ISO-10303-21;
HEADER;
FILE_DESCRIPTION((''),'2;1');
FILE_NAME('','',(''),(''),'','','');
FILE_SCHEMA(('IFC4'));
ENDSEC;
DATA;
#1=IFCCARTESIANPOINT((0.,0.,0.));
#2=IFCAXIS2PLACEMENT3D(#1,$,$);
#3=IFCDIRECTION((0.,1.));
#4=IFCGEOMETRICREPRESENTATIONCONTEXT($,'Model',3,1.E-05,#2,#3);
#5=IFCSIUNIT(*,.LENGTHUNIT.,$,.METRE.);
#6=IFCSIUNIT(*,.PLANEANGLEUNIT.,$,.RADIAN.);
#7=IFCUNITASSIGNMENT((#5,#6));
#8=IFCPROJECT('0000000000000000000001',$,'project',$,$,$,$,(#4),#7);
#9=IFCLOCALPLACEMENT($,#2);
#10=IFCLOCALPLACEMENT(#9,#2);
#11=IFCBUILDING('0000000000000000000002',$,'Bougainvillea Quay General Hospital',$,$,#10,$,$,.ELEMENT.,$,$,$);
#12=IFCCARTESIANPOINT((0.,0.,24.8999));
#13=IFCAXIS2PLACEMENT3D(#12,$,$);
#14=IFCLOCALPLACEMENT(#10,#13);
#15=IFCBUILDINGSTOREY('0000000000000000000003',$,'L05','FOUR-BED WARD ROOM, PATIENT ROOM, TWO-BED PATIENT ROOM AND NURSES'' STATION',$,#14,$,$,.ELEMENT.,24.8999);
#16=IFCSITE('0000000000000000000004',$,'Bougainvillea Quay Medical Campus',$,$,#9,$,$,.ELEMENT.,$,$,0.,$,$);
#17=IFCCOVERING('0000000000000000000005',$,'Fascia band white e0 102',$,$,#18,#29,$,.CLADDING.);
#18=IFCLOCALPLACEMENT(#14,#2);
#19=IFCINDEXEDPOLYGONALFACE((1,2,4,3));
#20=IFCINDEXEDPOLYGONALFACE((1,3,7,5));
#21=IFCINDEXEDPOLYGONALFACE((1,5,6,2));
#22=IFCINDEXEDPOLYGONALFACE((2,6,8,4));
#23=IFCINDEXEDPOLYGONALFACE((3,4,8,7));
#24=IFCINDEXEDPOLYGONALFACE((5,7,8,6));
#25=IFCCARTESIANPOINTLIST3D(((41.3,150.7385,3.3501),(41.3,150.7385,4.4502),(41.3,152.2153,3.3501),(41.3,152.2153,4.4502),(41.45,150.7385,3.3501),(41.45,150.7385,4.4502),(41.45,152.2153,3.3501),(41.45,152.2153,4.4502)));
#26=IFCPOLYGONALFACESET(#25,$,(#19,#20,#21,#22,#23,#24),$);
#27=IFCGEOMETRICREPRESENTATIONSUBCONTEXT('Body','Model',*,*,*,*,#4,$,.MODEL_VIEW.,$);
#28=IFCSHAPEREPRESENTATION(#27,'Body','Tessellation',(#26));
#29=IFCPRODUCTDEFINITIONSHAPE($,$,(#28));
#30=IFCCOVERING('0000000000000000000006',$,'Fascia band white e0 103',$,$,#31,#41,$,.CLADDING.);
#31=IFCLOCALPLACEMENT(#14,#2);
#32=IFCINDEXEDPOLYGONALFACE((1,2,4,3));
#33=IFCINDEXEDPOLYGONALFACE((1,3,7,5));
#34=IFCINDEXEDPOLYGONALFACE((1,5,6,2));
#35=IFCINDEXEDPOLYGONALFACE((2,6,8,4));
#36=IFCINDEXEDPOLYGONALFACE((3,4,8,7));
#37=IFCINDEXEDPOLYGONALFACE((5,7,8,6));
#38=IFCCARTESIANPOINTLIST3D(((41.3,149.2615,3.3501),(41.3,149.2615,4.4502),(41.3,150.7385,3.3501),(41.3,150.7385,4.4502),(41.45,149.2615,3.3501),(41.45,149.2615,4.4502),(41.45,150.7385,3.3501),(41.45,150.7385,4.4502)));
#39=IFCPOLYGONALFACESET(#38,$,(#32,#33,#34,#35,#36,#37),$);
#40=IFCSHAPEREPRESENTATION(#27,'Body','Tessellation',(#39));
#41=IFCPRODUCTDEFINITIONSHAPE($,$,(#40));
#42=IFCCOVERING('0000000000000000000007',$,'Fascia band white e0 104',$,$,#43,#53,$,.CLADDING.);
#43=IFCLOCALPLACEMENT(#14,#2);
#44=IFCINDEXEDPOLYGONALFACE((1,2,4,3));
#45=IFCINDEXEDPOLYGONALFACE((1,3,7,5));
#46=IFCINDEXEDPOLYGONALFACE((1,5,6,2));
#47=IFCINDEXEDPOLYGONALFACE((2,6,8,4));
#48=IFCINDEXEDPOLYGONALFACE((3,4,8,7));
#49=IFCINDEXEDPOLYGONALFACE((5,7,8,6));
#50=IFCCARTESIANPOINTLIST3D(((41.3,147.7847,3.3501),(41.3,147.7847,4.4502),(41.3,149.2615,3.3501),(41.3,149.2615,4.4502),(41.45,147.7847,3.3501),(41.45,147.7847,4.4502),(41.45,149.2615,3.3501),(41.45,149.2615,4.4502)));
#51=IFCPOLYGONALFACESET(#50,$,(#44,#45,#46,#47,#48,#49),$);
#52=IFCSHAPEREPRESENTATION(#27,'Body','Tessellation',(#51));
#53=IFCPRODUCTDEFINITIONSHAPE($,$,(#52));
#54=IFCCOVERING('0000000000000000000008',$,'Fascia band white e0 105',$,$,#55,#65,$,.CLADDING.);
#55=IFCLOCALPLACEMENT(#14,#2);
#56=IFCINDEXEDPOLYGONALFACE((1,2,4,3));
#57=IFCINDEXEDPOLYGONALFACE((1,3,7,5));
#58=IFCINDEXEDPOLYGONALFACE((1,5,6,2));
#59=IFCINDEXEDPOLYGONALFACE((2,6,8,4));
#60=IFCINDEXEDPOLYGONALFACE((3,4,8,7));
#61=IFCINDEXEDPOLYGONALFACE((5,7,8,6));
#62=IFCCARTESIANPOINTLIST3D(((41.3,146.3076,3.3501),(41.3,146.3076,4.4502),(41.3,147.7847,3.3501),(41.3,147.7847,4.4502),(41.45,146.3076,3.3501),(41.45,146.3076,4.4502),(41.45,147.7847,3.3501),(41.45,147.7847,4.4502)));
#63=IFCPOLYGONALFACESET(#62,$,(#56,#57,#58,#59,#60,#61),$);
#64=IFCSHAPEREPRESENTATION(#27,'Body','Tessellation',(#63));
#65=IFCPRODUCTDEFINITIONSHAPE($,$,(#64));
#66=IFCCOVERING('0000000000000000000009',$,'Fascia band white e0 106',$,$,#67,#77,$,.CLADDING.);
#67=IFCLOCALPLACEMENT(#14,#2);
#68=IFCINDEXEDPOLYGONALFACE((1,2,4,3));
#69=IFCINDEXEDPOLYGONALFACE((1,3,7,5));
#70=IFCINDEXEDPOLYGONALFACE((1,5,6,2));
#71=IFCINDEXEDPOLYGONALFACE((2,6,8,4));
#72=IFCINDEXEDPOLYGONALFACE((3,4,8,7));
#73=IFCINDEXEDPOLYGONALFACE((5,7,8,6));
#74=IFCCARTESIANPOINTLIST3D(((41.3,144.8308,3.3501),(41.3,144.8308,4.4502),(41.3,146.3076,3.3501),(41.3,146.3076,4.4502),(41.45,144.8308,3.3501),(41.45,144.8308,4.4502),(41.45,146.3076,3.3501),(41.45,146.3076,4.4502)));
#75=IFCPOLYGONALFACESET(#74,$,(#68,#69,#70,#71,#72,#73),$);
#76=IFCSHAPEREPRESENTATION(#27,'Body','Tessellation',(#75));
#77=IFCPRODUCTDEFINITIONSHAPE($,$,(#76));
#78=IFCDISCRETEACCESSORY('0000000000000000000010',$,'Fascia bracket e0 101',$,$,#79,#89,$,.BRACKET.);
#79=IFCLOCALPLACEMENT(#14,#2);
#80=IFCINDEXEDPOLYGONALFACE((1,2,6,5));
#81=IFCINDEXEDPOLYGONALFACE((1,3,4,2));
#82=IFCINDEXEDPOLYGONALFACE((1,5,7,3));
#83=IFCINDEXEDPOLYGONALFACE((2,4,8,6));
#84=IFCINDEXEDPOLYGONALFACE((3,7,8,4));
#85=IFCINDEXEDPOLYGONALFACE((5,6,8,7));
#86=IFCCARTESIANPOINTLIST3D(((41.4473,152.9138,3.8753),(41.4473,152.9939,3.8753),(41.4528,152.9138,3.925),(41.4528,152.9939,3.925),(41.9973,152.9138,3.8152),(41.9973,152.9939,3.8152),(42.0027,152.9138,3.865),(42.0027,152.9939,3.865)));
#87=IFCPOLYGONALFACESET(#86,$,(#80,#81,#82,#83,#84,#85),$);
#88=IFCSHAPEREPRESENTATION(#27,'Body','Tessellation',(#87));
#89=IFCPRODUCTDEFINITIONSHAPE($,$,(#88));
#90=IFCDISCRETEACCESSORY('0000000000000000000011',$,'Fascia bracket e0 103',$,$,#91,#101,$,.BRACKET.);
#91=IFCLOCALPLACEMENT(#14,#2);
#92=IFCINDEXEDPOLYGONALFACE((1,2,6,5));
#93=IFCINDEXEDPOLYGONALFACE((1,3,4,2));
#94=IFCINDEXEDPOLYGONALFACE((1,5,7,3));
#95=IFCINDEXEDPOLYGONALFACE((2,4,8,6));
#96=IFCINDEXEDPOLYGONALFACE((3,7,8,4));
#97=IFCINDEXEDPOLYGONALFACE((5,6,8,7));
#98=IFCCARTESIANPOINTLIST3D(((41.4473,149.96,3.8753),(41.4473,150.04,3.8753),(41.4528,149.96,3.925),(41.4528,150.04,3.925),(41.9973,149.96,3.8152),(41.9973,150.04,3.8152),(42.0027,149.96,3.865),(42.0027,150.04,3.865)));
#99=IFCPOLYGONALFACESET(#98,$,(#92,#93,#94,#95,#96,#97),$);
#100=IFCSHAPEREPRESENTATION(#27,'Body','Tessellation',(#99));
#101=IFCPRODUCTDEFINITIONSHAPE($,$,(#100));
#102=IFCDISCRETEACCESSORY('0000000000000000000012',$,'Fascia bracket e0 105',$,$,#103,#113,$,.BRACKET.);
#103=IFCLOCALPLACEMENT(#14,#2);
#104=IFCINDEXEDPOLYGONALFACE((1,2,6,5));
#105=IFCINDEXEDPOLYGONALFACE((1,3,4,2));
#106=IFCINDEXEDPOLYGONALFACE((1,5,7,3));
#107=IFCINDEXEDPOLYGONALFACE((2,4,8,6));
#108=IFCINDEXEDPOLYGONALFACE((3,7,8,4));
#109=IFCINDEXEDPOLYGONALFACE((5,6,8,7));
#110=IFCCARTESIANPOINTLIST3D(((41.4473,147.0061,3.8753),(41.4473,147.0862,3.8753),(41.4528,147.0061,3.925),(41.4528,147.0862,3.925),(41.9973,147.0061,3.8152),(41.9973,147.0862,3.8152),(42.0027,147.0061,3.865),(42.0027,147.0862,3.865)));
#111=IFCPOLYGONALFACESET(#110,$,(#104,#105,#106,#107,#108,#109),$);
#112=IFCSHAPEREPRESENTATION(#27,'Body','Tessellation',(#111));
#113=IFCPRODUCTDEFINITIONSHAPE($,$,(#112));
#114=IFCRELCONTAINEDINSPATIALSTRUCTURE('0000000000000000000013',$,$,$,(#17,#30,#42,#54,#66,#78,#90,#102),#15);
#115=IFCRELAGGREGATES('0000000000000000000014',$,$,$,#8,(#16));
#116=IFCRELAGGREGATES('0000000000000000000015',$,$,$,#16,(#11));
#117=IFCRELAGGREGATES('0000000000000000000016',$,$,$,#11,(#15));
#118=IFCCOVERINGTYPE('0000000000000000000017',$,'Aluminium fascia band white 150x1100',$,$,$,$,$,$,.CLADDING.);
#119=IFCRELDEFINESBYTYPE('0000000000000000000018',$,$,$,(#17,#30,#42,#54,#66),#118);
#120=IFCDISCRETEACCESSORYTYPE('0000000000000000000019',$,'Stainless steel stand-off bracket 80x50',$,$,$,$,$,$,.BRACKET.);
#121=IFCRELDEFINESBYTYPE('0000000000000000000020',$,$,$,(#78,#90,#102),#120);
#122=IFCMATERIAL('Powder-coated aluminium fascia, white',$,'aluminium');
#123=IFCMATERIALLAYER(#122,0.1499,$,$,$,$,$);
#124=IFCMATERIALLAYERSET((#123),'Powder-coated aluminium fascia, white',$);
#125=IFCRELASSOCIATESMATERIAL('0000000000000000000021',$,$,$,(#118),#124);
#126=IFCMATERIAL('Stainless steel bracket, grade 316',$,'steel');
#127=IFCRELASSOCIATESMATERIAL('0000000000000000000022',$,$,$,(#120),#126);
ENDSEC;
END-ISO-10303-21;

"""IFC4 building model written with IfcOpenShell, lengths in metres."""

from ifc_helpers import new_model, si_unit, direction, frame, origin, origin_2d, place, context, subcontext, project, spatial, polyline, rectangle, outline, extrude, material, layer, layer_set, material_profile, profile_set, type_object, element, save


model = new_model("IFC4")

# Units and contexts
model_context = context("Model", 3, precision=1e-05, world=origin(), true_north=direction((0.0, 1.0)))
body_context = subcontext(model_context, "Body", "Model", "MODEL_VIEW")
ifc_project = project(units=[si_unit("LENGTHUNIT", "METRE"), si_unit("PLANEANGLEUNIT", "RADIAN")], contexts=[model_context])

# Site, building, storey
site_placement = place(None, origin())
site = spatial("IfcSite", under=ifc_project, at=site_placement, Name="Bougainvillea Quay Medical Campus", CompositionType="ELEMENT", RefElevation=0.0)
building_placement = place(site_placement, origin())
building = spatial("IfcBuilding", under=site, at=building_placement, Name="Bougainvillea Quay General Hospital", CompositionType="ELEMENT")
storey_placement = place(building_placement, frame((0.0, 0.0, 24.8999)))
storey = spatial("IfcBuildingStorey", under=building, at=storey_placement, Name="L05", Description="FOUR-BED WARD ROOM, PATIENT ROOM, TWO-BED PATIENT ROOM AND NURSES' STATION", CompositionType="ELEMENT", Elevation=24.8999)

# Coverings
ifc_material_1 = material(Name="Powder-coated aluminium fascia, white", Category="aluminium")
ifc_layer_1 = layer(ifc_material_1, 0.1499)
ifc_layer_set_1 = layer_set([ifc_layer_1], Name="Powder-coated aluminium fascia, white")
covering_type = type_object("IfcCoveringType", Name="Aluminium fascia band white 150x1100", PredefinedType="CLADDING", material=ifc_layer_set_1)
covering_1_placement = place(storey_placement, frame((41.45, 152.2153, 3.3501), z_axis=(0.0, 0.0, 1.0), x_axis=(0.0, -1.0, 0.0)))
element("IfcCovering", 1, at=covering_1_placement, inside=storey, type_object=covering_type, Name="Fascia band white e0 102", PredefinedType="CLADDING", context=body_context, shape_type="SweptSolid", body=[
    extrude(outline(polyline([(0.0, 0.0), (1.4768, 0.0), (1.4768, -0.1499), (0.0, -0.1499), (0.0, 0.0)])), origin(), (0.0, 0.0, 1.0), 1.1001),
])
covering_2_placement = place(storey_placement, frame((41.45, 150.7385, 3.3501), z_axis=(0.0, 0.0, 1.0), x_axis=(0.0, -1.0, 0.0)))
element("IfcCovering", 2, at=covering_2_placement, inside=storey, type_object=covering_type, Name="Fascia band white e0 103", PredefinedType="CLADDING", context=body_context, shape_type="SweptSolid", body=[
    extrude(outline(polyline([(0.0, 0.0), (1.4771, 0.0), (1.4771, -0.1499), (0.0, -0.1499), (0.0, 0.0)])), origin(), (0.0, 0.0, 1.0), 1.1001),
])
covering_3_placement = place(storey_placement, frame((41.45, 149.2615, 3.3501), z_axis=(0.0, 0.0, 1.0), x_axis=(0.0, -1.0, 0.0)))
element("IfcCovering", 3, at=covering_3_placement, inside=storey, type_object=covering_type, Name="Fascia band white e0 104", PredefinedType="CLADDING", context=body_context, shape_type="SweptSolid", body=[
    extrude(outline(polyline([(0.0, 0.0), (1.4768, 0.0), (1.4768, -0.1499), (0.0, -0.1499), (0.0, 0.0)])), origin(), (0.0, 0.0, 1.0), 1.1001),
])
covering_4_placement = place(storey_placement, frame((41.45, 147.7847, 3.3501), z_axis=(0.0, 0.0, 1.0), x_axis=(0.0, -1.0, 0.0)))
element("IfcCovering", 4, at=covering_4_placement, inside=storey, type_object=covering_type, Name="Fascia band white e0 105", PredefinedType="CLADDING", context=body_context, shape_type="SweptSolid", body=[
    extrude(outline(polyline([(0.0, 0.0), (1.4771, 0.0), (1.4771, -0.1499), (0.0, -0.1499), (0.0, 0.0)])), origin(), (0.0, 0.0, 1.0), 1.1001),
])
covering_5_placement = place(storey_placement, frame((41.45, 146.3076, 3.3501), z_axis=(0.0, 0.0, 1.0), x_axis=(0.0, -1.0, 0.0)))
element("IfcCovering", 5, at=covering_5_placement, inside=storey, type_object=covering_type, Name="Fascia band white e0 106", PredefinedType="CLADDING", context=body_context, shape_type="SweptSolid", body=[
    extrude(outline(polyline([(0.0, 0.0), (1.4768, 0.0), (1.4768, -0.1499), (0.0, -0.1499), (0.0, 0.0)])), origin(), (0.0, 0.0, 1.0), 1.1001),
])

# Discrete accessories
ifc_material_2 = material(Name="Stainless steel bracket, grade 316", Category="steel")
ifc_material_profile_1 = material_profile(ifc_material_2, rectangle(XDim=0.0801, YDim=0.05, at=origin_2d()))
ifc_profile_set_1 = profile_set([ifc_material_profile_1], Name="Stainless steel bracket, grade 316")
discrete_accessory_type = type_object("IfcDiscreteAccessoryType", Name="Stainless steel stand-off bracket 80x50", PredefinedType="BRACKET", material=ifc_profile_set_1)
for number, where, z_axis, x_axis, name in (
    (6, (42.0, 152.9539, 3.8401), (-0.994092, 0.0, 0.108543), (0.0, -1.0, 0.0), "Fascia bracket e0 101"),
    (7, (42.0, 150.0, 3.8401), (-0.994092, 0.0, 0.108543), (0.0, -1.0, 0.0), "Fascia bracket e0 103"),
    (8, (42.0, 147.0461, 3.8401), (-0.994092, 0.0, 0.108543), (0.0, -1.0, 0.0), "Fascia bracket e0 105"),
):
    element("IfcDiscreteAccessory", number, at=place(storey_placement, frame(where, z_axis=z_axis, x_axis=x_axis)), inside=storey, type_object=discrete_accessory_type, Name=name, PredefinedType="BRACKET", context=body_context, shape_type="SweptSolid", body=[
        extrude(rectangle(XDim=0.0801, YDim=0.05, at=origin_2d()), origin(), (0.0, 0.0, 1.0), 0.5532),
    ])

save(model, "model.ifc")
